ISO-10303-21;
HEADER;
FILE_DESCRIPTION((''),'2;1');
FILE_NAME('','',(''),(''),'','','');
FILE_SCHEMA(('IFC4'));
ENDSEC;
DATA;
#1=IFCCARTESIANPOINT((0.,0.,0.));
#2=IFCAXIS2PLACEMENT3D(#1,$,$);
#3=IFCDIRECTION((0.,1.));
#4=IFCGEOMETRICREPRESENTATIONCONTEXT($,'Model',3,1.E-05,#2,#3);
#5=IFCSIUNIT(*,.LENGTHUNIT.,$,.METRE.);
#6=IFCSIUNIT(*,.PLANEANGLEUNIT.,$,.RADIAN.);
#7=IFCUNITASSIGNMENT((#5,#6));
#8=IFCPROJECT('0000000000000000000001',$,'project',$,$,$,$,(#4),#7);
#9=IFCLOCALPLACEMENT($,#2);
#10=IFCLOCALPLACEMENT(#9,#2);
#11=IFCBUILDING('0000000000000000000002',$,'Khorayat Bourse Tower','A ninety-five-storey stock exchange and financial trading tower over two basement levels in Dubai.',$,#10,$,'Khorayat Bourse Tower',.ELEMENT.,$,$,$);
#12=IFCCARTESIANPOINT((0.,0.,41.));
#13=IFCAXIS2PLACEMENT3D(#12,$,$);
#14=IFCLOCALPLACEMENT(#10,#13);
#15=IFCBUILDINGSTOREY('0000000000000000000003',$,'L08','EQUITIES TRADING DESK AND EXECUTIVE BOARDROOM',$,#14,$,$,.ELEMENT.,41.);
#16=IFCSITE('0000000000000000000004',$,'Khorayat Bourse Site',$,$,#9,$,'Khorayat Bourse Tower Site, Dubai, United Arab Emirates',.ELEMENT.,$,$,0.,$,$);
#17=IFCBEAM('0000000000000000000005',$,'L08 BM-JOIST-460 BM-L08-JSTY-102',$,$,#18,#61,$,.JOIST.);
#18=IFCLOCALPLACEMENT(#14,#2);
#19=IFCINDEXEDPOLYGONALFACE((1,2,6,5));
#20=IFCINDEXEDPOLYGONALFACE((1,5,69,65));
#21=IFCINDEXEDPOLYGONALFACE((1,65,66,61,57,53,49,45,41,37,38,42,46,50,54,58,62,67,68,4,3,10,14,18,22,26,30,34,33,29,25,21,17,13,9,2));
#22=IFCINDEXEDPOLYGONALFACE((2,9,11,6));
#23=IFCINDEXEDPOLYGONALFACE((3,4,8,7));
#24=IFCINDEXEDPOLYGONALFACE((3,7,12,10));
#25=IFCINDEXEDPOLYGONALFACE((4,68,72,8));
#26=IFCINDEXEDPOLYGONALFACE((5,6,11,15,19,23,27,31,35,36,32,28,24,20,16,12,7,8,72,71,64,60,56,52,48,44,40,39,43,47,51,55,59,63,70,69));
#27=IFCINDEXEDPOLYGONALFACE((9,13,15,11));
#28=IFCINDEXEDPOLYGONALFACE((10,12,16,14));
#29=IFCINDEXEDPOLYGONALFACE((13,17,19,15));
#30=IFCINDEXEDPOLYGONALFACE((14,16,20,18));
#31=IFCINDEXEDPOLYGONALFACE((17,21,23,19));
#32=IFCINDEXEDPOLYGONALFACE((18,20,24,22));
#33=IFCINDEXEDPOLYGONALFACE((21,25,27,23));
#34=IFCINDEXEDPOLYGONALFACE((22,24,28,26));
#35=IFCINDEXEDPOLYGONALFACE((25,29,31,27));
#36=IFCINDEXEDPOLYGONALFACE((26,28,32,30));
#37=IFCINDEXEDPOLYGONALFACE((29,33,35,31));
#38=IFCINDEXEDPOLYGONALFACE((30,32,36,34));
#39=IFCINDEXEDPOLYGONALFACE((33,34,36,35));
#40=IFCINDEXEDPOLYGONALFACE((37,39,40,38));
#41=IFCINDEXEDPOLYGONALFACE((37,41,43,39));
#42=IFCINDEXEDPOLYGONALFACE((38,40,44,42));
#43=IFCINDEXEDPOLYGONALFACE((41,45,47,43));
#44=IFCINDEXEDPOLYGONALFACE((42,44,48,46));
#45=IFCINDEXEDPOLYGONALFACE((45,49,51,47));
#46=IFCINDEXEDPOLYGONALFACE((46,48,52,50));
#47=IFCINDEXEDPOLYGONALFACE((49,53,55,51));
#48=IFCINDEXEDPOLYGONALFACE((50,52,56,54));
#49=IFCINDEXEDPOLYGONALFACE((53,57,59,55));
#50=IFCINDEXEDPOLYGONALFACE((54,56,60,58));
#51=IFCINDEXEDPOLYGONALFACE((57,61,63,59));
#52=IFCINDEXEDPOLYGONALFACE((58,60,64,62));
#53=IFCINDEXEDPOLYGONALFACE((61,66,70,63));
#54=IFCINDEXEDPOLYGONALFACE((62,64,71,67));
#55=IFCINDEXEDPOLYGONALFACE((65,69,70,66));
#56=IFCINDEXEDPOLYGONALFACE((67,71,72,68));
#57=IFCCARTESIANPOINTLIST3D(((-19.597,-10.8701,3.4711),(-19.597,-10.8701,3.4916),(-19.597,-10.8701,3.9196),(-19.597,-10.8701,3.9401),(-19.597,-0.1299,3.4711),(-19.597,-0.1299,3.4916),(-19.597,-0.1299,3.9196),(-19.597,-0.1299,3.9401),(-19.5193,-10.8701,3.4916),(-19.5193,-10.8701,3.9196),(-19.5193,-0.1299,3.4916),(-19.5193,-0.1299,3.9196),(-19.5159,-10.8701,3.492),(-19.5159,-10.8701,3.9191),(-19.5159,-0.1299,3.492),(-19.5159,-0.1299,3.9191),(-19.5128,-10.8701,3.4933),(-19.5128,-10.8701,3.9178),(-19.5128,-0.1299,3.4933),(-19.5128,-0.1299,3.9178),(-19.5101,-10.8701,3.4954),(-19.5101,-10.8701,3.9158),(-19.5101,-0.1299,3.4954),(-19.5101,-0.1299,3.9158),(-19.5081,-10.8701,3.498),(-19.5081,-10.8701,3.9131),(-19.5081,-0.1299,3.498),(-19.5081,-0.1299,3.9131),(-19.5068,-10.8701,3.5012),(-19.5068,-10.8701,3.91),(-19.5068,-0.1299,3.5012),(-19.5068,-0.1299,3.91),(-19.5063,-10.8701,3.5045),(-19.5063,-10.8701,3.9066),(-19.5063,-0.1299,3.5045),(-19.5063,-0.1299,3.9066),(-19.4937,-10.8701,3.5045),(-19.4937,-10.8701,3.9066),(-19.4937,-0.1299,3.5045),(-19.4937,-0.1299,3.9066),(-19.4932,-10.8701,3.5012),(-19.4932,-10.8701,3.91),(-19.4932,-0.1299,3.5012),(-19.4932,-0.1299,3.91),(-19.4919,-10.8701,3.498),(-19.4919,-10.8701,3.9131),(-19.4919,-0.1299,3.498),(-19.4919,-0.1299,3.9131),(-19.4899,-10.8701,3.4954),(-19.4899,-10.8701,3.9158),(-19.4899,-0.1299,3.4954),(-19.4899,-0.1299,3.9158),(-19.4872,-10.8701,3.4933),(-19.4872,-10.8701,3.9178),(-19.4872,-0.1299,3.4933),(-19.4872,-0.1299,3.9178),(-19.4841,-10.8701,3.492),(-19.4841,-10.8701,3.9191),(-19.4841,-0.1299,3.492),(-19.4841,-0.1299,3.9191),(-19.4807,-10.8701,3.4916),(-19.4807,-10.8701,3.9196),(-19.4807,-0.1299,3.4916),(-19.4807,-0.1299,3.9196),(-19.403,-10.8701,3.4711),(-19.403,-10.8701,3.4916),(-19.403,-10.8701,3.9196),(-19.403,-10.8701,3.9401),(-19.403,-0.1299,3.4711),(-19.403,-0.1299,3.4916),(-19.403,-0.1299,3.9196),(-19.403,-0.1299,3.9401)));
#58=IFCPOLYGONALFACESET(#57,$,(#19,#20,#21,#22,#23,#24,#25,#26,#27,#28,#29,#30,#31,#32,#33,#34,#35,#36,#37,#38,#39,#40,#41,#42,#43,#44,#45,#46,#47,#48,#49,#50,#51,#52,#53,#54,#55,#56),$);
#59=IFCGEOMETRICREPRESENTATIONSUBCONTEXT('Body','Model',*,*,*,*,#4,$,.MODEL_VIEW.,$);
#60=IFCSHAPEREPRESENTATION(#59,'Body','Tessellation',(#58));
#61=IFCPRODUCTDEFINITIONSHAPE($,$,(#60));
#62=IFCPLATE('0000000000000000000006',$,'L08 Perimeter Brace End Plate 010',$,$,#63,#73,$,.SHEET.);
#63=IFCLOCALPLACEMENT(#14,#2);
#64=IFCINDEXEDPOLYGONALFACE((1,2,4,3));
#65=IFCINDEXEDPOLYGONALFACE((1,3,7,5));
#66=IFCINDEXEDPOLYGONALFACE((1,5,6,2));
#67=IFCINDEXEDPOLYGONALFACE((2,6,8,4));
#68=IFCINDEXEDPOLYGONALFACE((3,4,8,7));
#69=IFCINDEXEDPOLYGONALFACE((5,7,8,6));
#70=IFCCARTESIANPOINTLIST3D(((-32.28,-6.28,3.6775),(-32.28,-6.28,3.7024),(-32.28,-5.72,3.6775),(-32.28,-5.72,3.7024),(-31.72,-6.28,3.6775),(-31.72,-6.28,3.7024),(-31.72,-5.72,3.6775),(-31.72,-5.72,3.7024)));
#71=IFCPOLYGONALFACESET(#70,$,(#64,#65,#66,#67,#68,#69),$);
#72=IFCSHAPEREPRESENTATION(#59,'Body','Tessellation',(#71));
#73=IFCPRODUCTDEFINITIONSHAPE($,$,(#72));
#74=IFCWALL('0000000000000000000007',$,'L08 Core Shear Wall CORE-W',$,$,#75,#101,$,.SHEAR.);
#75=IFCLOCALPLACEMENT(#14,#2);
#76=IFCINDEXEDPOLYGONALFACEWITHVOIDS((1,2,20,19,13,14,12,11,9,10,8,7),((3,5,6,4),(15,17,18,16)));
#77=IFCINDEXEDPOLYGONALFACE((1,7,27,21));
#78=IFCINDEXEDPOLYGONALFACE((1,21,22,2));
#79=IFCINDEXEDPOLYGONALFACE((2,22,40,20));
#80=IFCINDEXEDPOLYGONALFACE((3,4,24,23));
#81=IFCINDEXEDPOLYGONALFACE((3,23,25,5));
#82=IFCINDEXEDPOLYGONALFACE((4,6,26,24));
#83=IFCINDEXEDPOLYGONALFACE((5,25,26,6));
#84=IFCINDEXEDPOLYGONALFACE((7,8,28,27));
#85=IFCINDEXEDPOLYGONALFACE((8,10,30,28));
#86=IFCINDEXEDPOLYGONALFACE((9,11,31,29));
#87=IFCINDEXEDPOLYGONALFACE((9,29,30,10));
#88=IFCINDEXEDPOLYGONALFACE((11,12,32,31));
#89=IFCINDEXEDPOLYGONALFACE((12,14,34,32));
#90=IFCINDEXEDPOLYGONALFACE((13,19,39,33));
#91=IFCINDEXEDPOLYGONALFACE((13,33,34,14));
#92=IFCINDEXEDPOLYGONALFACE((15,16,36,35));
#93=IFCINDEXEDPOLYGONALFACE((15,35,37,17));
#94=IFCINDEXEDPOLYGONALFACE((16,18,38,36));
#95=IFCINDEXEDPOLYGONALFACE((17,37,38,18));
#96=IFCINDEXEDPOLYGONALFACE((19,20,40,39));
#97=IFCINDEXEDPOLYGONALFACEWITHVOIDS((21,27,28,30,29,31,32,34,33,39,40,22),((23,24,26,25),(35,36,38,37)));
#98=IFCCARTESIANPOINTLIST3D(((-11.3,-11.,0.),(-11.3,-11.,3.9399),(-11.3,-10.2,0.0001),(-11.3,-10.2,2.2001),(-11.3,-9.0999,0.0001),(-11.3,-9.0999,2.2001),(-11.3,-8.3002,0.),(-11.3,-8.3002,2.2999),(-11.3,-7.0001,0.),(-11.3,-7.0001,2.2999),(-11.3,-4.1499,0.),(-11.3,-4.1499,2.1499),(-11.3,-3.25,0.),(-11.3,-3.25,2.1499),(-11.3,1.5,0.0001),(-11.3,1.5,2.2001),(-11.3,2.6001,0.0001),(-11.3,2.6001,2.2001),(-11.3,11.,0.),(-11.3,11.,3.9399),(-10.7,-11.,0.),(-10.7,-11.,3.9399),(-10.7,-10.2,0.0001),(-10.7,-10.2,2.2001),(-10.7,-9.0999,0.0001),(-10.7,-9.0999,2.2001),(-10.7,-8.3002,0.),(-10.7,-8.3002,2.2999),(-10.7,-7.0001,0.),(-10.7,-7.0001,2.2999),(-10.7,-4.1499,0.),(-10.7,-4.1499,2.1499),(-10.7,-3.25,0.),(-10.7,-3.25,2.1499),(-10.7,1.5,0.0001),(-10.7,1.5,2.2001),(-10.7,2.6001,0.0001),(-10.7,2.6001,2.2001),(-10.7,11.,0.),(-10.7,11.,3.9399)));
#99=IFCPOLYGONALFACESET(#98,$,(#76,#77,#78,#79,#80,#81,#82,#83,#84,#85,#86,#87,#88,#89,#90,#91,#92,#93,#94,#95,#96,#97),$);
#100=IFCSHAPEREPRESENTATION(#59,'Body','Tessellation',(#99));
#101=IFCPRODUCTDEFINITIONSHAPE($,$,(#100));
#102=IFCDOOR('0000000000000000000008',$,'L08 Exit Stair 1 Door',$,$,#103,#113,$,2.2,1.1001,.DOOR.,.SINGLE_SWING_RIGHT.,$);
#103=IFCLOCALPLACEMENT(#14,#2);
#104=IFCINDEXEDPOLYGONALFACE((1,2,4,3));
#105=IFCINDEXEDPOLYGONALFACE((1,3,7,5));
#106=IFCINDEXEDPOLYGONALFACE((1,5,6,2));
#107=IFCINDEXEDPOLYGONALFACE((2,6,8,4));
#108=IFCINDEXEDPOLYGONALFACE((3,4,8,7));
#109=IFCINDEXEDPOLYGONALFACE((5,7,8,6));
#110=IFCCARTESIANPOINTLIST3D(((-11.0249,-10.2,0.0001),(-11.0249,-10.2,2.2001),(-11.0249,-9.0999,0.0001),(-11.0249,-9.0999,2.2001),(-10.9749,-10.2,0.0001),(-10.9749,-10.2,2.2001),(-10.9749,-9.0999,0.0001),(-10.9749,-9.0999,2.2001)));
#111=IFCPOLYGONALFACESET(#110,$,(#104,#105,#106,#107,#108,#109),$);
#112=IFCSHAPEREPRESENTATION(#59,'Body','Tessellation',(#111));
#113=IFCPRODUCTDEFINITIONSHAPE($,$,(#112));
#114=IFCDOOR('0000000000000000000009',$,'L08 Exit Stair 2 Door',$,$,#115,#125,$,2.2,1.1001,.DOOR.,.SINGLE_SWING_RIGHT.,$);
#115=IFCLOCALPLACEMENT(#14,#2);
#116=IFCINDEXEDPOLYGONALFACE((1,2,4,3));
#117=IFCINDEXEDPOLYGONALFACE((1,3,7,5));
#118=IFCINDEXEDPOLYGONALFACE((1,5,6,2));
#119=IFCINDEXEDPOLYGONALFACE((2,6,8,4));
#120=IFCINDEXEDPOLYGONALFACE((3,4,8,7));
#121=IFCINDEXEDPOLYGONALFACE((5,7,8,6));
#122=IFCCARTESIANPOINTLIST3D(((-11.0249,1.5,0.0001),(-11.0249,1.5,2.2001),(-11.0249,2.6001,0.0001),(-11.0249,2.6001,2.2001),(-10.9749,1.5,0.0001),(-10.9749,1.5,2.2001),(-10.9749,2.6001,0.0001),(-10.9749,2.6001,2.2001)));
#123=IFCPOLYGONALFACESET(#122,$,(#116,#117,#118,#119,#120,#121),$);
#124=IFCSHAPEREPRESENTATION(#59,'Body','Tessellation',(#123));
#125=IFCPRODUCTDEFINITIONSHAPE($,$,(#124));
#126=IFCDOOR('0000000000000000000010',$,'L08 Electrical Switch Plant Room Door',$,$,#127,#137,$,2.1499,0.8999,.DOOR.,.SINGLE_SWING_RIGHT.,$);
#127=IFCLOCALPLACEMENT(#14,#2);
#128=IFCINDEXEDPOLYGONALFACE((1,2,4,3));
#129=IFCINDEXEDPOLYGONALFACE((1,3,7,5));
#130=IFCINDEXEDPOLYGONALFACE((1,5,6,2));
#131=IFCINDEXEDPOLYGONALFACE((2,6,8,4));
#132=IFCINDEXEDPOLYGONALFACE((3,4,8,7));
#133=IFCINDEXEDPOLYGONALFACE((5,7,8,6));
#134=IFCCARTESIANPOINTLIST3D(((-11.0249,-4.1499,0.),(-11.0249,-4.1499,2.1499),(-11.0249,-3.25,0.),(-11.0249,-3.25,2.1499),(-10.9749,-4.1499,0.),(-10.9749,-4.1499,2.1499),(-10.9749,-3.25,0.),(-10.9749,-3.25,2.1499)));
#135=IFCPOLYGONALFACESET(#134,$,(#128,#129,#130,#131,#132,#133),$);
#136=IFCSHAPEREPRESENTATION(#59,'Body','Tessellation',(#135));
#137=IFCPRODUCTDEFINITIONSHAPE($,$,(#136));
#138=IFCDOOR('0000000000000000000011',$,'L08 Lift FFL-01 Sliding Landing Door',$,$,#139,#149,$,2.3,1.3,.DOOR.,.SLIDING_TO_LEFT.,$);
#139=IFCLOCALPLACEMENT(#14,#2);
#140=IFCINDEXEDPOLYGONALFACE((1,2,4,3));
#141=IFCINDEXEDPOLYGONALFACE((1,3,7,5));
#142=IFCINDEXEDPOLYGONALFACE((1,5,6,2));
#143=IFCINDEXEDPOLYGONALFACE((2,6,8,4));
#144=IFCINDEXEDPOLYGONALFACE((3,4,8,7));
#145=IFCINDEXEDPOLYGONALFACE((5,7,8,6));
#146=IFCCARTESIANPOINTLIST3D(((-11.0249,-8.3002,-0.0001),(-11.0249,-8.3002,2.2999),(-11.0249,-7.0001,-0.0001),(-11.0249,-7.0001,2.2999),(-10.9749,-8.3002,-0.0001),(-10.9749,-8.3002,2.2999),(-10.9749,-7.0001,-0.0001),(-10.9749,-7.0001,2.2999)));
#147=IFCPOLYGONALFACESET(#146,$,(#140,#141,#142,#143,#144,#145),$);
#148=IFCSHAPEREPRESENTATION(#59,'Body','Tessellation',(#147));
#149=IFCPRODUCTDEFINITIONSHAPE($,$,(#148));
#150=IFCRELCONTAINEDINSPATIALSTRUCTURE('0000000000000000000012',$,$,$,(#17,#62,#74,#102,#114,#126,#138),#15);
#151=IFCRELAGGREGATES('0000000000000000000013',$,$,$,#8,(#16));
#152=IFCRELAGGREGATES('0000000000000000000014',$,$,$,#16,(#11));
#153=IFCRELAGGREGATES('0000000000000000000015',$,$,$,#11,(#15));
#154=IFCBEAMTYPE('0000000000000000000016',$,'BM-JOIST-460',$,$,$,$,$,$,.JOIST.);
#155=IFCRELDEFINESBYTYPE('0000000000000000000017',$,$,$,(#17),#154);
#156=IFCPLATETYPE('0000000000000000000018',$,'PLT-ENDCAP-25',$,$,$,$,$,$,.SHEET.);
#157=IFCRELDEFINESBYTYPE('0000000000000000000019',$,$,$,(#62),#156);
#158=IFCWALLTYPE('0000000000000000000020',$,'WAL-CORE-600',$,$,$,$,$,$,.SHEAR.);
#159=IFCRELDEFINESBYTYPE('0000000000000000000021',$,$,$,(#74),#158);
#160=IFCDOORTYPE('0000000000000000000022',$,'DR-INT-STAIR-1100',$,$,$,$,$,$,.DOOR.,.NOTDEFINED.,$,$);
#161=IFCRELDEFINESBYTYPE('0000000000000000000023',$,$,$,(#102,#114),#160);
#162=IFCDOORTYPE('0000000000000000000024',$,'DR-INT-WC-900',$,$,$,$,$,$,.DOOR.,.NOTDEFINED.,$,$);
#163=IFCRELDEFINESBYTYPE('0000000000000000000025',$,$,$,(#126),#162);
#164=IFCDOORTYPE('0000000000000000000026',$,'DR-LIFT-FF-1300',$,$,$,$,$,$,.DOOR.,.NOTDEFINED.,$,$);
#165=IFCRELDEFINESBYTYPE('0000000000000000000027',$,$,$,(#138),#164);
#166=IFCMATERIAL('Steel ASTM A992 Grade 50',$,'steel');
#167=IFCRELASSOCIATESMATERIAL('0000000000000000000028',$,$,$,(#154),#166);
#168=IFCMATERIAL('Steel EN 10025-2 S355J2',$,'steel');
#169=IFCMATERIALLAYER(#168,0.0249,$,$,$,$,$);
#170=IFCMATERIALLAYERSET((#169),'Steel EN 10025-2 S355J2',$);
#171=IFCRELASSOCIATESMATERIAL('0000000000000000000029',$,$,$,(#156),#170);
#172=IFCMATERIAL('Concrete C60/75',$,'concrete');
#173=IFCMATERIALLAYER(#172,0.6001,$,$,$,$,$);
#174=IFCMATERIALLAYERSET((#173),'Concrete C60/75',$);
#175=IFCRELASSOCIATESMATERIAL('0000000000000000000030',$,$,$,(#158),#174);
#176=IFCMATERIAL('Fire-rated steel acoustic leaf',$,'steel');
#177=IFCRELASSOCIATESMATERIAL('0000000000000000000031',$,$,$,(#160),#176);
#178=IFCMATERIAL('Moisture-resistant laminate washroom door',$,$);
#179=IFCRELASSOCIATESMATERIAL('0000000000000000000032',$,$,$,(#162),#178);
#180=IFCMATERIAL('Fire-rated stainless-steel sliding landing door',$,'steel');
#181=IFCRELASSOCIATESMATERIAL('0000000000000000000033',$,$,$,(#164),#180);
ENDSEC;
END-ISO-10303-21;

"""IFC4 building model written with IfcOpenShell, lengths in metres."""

from ifc_helpers import new_model, si_unit, direction, frame, frame_2d, origin, origin_2d, place, context, subcontext, project, spatial, rectangle, i_section, extrude, source, transform, mapped, material, layer, layer_set, material_profile, profile_set, type_object, element, fill, save


model = new_model("IFC4")

# Units and contexts
model_context = context("Model", 3, precision=1e-05, world=origin(), true_north=direction((0.0, 1.0)))
body_context = subcontext(model_context, "Body", "Model", "MODEL_VIEW")
ifc_project = project(units=[si_unit("LENGTHUNIT", "METRE"), si_unit("PLANEANGLEUNIT", "RADIAN")], contexts=[model_context])

# Site, building, storey
site_placement = place(None, origin())
site = spatial("IfcSite", under=ifc_project, at=site_placement, Name="Khorayat Bourse Site", LongName="Khorayat Bourse Tower Site, Dubai, United Arab Emirates", CompositionType="ELEMENT", RefElevation=0.0)
building_placement = place(site_placement, origin())
building = spatial("IfcBuilding", under=site, at=building_placement, Name="Khorayat Bourse Tower", Description="A ninety-five-storey stock exchange and financial trading tower over two basement levels in Dubai.", LongName="Khorayat Bourse Tower", CompositionType="ELEMENT")
storey_placement = place(building_placement, frame((0.0, 0.0, 41.0)))
storey = spatial("IfcBuildingStorey", under=building, at=storey_placement, Name="L08", Description="EQUITIES TRADING DESK AND EXECUTIVE BOARDROOM", CompositionType="ELEMENT", Elevation=41.0)

# Beam
ifc_material_1 = material(Name="Steel ASTM A992 Grade 50", Category="steel")
ifc_material_profile_1 = material_profile(ifc_material_1, i_section(OverallWidth=0.1941, OverallDepth=0.469, WebThickness=0.0127, FlangeThickness=0.0205, FilletRadius=0.0129, at=origin_2d()), Name="W460X106")
ifc_profile_set_1 = profile_set([ifc_material_profile_1], Name="Steel ASTM A992 Grade 50")
beam_type_1 = type_object("IfcBeamType", Name="BM-JOIST-460", PredefinedType="JOIST", material=ifc_profile_set_1)
shared_shape_1 = source(origin(), body_context, "Body", "SweptSolid", [
    extrude(i_section(OverallWidth=0.1941, OverallDepth=0.469, WebThickness=0.0127, FlangeThickness=0.0205, FilletRadius=0.0129, at=origin_2d()), origin(), (0.0, 0.0, 1.0), 10.7402),
])
beam_1_placement = place(storey_placement, frame((-19.5, -10.8701, 3.7056), z_axis=(0.0, 1.0, 0.0), x_axis=(-1.0, 0.0, 0.0)))
element("IfcBeam", 1, at=beam_1_placement, inside=storey, type_object=beam_type_1, Name="L08 BM-JOIST-460 BM-L08-JSTY-102", PredefinedType="JOIST", context=body_context, shape_type="MappedRepresentation", body=[
    mapped(shared_shape_1, transform((0.0, 0.0, 0.0), scale=1.0)),
])

# Plate
ifc_material_2 = material(Name="Steel EN 10025-2 S355J2", Category="steel")
ifc_layer_1 = layer(ifc_material_2, 0.0249)
ifc_layer_set_1 = layer_set([ifc_layer_1], Name="Steel EN 10025-2 S355J2")
plate_type = type_object("IfcPlateType", Name="PLT-ENDCAP-25", PredefinedType="SHEET", material=ifc_layer_set_1)
shared_shape_2 = source(origin(), body_context, "Body", "SweptSolid", [
    extrude(rectangle(XDim=0.5601, YDim=0.5601, at=origin_2d()), origin(), (0.0, 0.0, 1.0), 0.0249),
])
plate_placement = place(storey_placement, frame((-32.0, -6.0, 3.6775), z_axis=(0.0, 0.0, 1.0), x_axis=(1.0, 0.0, 0.0)))
element("IfcPlate", 2, at=plate_placement, inside=storey, type_object=plate_type, Name="L08 Perimeter Brace End Plate 010", PredefinedType="SHEET", context=body_context, shape_type="MappedRepresentation", body=[
    mapped(shared_shape_2, transform((0.0, 0.0, 0.0), scale=1.0)),
])

# Wall, openings, doors
ifc_material_3 = material(Name="Concrete C60/75", Category="concrete")
ifc_layer_2 = layer(ifc_material_3, 0.6001)
ifc_layer_set_2 = layer_set([ifc_layer_2], Name="Concrete C60/75")
wall_type_1 = type_object("IfcWallType", Name="WAL-CORE-600", PredefinedType="SHEAR", material=ifc_layer_set_2)
shared_shape_3 = source(origin(), body_context, "Body", "SweptSolid", [
    extrude(rectangle(XDim=22.0, YDim=0.6001, at=frame_2d((11.0, 0.0))), origin(), (0.0, 0.0, 1.0), 3.9399),
])
wall_1_placement = place(storey_placement, frame((-11.0, -11.0, 0.0), z_axis=(0.0, 0.0, 1.0), x_axis=(0.0, 1.0, 0.0)))
wall_1 = element("IfcWall", 3, at=wall_1_placement, inside=storey, type_object=wall_type_1, Name="L08 Core Shear Wall CORE-W", PredefinedType="SHEAR", context=body_context, shape_type="MappedRepresentation", body=[
    mapped(shared_shape_3, transform((0.0, 0.0, 0.0), scale=1.0)),
])
shared_shape_4 = source(origin(), body_context, "Body", "SweptSolid", [
    extrude(rectangle(XDim=1.1001, YDim=2.2, at=frame_2d((0.55, 1.1001))), frame((0.0, 0.3101, 0.0), z_axis=(0.0, -1.0, 0.0), x_axis=(1.0, 0.0, 0.0)), (0.0, 0.0, 1.0), 0.6201),
])
opening_1_placement = place(wall_1_placement, frame((0.8, 0.0, 0.0)))
opening_1 = element("IfcOpeningElement", 4, at=opening_1_placement, cuts=wall_1, PredefinedType="OPENING", context=body_context, shape_type="MappedRepresentation", body=[
    mapped(shared_shape_4, transform((0.0, 0.0, 0.0), scale=1.0)),
])
opening_2_placement = place(wall_1_placement, frame((12.5, 0.0, 0.0)))
opening_2 = element("IfcOpeningElement", 5, at=opening_2_placement, cuts=wall_1, PredefinedType="OPENING", context=body_context, shape_type="MappedRepresentation", body=[
    mapped(shared_shape_4, transform((0.0, 0.0, 0.0), scale=1.0)),
])
shared_shape_5 = source(origin(), body_context, "Body", "SweptSolid", [
    extrude(rectangle(XDim=0.8999, YDim=2.1499, at=frame_2d((0.45, 1.075))), frame((0.0, 0.3101, 0.0), z_axis=(0.0, -1.0, 0.0), x_axis=(1.0, 0.0, 0.0)), (0.0, 0.0, 1.0), 0.6201),
])
opening_3_placement = place(wall_1_placement, frame((6.8501, 0.0, 0.0)))
opening_3 = element("IfcOpeningElement", 6, at=opening_3_placement, cuts=wall_1, PredefinedType="OPENING", context=body_context, shape_type="MappedRepresentation", body=[
    mapped(shared_shape_5, transform((0.0, 0.0, 0.0), scale=1.0)),
])
shared_shape_6 = source(origin(), body_context, "Body", "SweptSolid", [
    extrude(rectangle(XDim=1.3, YDim=2.3, at=frame_2d((0.6499, 1.1499))), frame((0.0, 0.3101, 0.0), z_axis=(0.0, -1.0, 0.0), x_axis=(1.0, 0.0, 0.0)), (0.0, 0.0, 1.0), 0.6201),
])
opening_4_placement = place(wall_1_placement, frame((2.7, 0.0, 0.0)))
opening_4 = element("IfcOpeningElement", 7, at=opening_4_placement, cuts=wall_1, PredefinedType="OPENING", context=body_context, shape_type="MappedRepresentation", body=[
    mapped(shared_shape_6, transform((0.0, 0.0, 0.0), scale=1.0)),
])
ifc_material_4 = material(Name="Fire-rated steel acoustic leaf", Category="steel")
door_type_1 = type_object("IfcDoorType", Name="DR-INT-STAIR-1100", OperationType="NOTDEFINED", PredefinedType="DOOR", material=ifc_material_4)
shared_shape_7 = source(origin(), body_context, "Body", "SweptSolid", [
    extrude(rectangle(XDim=1.1001, YDim=2.2, at=frame_2d((0.55, 1.1001))), frame((0.0, 0.0249, 0.0), z_axis=(0.0, -1.0, 0.0), x_axis=(1.0, 0.0, 0.0)), (0.0, 0.0, 1.0), 0.05),
])
door_1_placement = place(opening_1_placement, origin())
door_1 = element("IfcDoor", 8, at=door_1_placement, inside=storey, type_object=door_type_1, Name="L08 Exit Stair 1 Door", OperationType="SINGLE_SWING_RIGHT", OverallHeight=2.2, OverallWidth=1.1001, PredefinedType="DOOR", context=body_context, shape_type="MappedRepresentation", body=[
    mapped(shared_shape_7, transform((0.0, 0.0, 0.0), scale=1.0)),
])
fill(opening_1, door_1)
door_2_placement = place(opening_2_placement, origin())
door_2 = element("IfcDoor", 9, at=door_2_placement, inside=storey, type_object=door_type_1, Name="L08 Exit Stair 2 Door", OperationType="SINGLE_SWING_RIGHT", OverallHeight=2.2, OverallWidth=1.1001, PredefinedType="DOOR", context=body_context, shape_type="MappedRepresentation", body=[
    mapped(shared_shape_7, transform((0.0, 0.0, 0.0), scale=1.0)),
])
fill(opening_2, door_2)
ifc_material_5 = material(Name="Moisture-resistant laminate washroom door")
door_type_2 = type_object("IfcDoorType", Name="DR-INT-WC-900", OperationType="NOTDEFINED", PredefinedType="DOOR", material=ifc_material_5)
shared_shape_8 = source(origin(), body_context, "Body", "SweptSolid", [
    extrude(rectangle(XDim=0.8999, YDim=2.1499, at=frame_2d((0.45, 1.075))), frame((0.0, 0.0249, 0.0), z_axis=(0.0, -1.0, 0.0), x_axis=(1.0, 0.0, 0.0)), (0.0, 0.0, 1.0), 0.05),
])
door_3_placement = place(opening_3_placement, origin())
door_3 = element("IfcDoor", 10, at=door_3_placement, inside=storey, type_object=door_type_2, Name="L08 Electrical Switch Plant Room Door", OperationType="SINGLE_SWING_RIGHT", OverallHeight=2.1499, OverallWidth=0.8999, PredefinedType="DOOR", context=body_context, shape_type="MappedRepresentation", body=[
    mapped(shared_shape_8, transform((0.0, 0.0, 0.0), scale=1.0)),
])
fill(opening_3, door_3)
ifc_material_6 = material(Name="Fire-rated stainless-steel sliding landing door", Category="steel")
door_type_3 = type_object("IfcDoorType", Name="DR-LIFT-FF-1300", OperationType="NOTDEFINED", PredefinedType="DOOR", material=ifc_material_6)
shared_shape_9 = source(origin(), body_context, "Body", "SweptSolid", [
    extrude(rectangle(XDim=1.3, YDim=2.3, at=frame_2d((0.6499, 1.1499))), frame((0.0, 0.0249, 0.0), z_axis=(0.0, -1.0, 0.0), x_axis=(1.0, 0.0, 0.0)), (0.0, 0.0, 1.0), 0.05),
])
door_4_placement = place(opening_4_placement, origin())
door_4 = element("IfcDoor", 11, at=door_4_placement, inside=storey, type_object=door_type_3, Name="L08 Lift FFL-01 Sliding Landing Door", OperationType="SLIDING_TO_LEFT", OverallHeight=2.3, OverallWidth=1.3, PredefinedType="DOOR", context=body_context, shape_type="MappedRepresentation", body=[
    mapped(shared_shape_9, transform((0.0, 0.0, 0.0), scale=1.0)),
])
fill(opening_4, door_4)

save(model, "model.ifc")
